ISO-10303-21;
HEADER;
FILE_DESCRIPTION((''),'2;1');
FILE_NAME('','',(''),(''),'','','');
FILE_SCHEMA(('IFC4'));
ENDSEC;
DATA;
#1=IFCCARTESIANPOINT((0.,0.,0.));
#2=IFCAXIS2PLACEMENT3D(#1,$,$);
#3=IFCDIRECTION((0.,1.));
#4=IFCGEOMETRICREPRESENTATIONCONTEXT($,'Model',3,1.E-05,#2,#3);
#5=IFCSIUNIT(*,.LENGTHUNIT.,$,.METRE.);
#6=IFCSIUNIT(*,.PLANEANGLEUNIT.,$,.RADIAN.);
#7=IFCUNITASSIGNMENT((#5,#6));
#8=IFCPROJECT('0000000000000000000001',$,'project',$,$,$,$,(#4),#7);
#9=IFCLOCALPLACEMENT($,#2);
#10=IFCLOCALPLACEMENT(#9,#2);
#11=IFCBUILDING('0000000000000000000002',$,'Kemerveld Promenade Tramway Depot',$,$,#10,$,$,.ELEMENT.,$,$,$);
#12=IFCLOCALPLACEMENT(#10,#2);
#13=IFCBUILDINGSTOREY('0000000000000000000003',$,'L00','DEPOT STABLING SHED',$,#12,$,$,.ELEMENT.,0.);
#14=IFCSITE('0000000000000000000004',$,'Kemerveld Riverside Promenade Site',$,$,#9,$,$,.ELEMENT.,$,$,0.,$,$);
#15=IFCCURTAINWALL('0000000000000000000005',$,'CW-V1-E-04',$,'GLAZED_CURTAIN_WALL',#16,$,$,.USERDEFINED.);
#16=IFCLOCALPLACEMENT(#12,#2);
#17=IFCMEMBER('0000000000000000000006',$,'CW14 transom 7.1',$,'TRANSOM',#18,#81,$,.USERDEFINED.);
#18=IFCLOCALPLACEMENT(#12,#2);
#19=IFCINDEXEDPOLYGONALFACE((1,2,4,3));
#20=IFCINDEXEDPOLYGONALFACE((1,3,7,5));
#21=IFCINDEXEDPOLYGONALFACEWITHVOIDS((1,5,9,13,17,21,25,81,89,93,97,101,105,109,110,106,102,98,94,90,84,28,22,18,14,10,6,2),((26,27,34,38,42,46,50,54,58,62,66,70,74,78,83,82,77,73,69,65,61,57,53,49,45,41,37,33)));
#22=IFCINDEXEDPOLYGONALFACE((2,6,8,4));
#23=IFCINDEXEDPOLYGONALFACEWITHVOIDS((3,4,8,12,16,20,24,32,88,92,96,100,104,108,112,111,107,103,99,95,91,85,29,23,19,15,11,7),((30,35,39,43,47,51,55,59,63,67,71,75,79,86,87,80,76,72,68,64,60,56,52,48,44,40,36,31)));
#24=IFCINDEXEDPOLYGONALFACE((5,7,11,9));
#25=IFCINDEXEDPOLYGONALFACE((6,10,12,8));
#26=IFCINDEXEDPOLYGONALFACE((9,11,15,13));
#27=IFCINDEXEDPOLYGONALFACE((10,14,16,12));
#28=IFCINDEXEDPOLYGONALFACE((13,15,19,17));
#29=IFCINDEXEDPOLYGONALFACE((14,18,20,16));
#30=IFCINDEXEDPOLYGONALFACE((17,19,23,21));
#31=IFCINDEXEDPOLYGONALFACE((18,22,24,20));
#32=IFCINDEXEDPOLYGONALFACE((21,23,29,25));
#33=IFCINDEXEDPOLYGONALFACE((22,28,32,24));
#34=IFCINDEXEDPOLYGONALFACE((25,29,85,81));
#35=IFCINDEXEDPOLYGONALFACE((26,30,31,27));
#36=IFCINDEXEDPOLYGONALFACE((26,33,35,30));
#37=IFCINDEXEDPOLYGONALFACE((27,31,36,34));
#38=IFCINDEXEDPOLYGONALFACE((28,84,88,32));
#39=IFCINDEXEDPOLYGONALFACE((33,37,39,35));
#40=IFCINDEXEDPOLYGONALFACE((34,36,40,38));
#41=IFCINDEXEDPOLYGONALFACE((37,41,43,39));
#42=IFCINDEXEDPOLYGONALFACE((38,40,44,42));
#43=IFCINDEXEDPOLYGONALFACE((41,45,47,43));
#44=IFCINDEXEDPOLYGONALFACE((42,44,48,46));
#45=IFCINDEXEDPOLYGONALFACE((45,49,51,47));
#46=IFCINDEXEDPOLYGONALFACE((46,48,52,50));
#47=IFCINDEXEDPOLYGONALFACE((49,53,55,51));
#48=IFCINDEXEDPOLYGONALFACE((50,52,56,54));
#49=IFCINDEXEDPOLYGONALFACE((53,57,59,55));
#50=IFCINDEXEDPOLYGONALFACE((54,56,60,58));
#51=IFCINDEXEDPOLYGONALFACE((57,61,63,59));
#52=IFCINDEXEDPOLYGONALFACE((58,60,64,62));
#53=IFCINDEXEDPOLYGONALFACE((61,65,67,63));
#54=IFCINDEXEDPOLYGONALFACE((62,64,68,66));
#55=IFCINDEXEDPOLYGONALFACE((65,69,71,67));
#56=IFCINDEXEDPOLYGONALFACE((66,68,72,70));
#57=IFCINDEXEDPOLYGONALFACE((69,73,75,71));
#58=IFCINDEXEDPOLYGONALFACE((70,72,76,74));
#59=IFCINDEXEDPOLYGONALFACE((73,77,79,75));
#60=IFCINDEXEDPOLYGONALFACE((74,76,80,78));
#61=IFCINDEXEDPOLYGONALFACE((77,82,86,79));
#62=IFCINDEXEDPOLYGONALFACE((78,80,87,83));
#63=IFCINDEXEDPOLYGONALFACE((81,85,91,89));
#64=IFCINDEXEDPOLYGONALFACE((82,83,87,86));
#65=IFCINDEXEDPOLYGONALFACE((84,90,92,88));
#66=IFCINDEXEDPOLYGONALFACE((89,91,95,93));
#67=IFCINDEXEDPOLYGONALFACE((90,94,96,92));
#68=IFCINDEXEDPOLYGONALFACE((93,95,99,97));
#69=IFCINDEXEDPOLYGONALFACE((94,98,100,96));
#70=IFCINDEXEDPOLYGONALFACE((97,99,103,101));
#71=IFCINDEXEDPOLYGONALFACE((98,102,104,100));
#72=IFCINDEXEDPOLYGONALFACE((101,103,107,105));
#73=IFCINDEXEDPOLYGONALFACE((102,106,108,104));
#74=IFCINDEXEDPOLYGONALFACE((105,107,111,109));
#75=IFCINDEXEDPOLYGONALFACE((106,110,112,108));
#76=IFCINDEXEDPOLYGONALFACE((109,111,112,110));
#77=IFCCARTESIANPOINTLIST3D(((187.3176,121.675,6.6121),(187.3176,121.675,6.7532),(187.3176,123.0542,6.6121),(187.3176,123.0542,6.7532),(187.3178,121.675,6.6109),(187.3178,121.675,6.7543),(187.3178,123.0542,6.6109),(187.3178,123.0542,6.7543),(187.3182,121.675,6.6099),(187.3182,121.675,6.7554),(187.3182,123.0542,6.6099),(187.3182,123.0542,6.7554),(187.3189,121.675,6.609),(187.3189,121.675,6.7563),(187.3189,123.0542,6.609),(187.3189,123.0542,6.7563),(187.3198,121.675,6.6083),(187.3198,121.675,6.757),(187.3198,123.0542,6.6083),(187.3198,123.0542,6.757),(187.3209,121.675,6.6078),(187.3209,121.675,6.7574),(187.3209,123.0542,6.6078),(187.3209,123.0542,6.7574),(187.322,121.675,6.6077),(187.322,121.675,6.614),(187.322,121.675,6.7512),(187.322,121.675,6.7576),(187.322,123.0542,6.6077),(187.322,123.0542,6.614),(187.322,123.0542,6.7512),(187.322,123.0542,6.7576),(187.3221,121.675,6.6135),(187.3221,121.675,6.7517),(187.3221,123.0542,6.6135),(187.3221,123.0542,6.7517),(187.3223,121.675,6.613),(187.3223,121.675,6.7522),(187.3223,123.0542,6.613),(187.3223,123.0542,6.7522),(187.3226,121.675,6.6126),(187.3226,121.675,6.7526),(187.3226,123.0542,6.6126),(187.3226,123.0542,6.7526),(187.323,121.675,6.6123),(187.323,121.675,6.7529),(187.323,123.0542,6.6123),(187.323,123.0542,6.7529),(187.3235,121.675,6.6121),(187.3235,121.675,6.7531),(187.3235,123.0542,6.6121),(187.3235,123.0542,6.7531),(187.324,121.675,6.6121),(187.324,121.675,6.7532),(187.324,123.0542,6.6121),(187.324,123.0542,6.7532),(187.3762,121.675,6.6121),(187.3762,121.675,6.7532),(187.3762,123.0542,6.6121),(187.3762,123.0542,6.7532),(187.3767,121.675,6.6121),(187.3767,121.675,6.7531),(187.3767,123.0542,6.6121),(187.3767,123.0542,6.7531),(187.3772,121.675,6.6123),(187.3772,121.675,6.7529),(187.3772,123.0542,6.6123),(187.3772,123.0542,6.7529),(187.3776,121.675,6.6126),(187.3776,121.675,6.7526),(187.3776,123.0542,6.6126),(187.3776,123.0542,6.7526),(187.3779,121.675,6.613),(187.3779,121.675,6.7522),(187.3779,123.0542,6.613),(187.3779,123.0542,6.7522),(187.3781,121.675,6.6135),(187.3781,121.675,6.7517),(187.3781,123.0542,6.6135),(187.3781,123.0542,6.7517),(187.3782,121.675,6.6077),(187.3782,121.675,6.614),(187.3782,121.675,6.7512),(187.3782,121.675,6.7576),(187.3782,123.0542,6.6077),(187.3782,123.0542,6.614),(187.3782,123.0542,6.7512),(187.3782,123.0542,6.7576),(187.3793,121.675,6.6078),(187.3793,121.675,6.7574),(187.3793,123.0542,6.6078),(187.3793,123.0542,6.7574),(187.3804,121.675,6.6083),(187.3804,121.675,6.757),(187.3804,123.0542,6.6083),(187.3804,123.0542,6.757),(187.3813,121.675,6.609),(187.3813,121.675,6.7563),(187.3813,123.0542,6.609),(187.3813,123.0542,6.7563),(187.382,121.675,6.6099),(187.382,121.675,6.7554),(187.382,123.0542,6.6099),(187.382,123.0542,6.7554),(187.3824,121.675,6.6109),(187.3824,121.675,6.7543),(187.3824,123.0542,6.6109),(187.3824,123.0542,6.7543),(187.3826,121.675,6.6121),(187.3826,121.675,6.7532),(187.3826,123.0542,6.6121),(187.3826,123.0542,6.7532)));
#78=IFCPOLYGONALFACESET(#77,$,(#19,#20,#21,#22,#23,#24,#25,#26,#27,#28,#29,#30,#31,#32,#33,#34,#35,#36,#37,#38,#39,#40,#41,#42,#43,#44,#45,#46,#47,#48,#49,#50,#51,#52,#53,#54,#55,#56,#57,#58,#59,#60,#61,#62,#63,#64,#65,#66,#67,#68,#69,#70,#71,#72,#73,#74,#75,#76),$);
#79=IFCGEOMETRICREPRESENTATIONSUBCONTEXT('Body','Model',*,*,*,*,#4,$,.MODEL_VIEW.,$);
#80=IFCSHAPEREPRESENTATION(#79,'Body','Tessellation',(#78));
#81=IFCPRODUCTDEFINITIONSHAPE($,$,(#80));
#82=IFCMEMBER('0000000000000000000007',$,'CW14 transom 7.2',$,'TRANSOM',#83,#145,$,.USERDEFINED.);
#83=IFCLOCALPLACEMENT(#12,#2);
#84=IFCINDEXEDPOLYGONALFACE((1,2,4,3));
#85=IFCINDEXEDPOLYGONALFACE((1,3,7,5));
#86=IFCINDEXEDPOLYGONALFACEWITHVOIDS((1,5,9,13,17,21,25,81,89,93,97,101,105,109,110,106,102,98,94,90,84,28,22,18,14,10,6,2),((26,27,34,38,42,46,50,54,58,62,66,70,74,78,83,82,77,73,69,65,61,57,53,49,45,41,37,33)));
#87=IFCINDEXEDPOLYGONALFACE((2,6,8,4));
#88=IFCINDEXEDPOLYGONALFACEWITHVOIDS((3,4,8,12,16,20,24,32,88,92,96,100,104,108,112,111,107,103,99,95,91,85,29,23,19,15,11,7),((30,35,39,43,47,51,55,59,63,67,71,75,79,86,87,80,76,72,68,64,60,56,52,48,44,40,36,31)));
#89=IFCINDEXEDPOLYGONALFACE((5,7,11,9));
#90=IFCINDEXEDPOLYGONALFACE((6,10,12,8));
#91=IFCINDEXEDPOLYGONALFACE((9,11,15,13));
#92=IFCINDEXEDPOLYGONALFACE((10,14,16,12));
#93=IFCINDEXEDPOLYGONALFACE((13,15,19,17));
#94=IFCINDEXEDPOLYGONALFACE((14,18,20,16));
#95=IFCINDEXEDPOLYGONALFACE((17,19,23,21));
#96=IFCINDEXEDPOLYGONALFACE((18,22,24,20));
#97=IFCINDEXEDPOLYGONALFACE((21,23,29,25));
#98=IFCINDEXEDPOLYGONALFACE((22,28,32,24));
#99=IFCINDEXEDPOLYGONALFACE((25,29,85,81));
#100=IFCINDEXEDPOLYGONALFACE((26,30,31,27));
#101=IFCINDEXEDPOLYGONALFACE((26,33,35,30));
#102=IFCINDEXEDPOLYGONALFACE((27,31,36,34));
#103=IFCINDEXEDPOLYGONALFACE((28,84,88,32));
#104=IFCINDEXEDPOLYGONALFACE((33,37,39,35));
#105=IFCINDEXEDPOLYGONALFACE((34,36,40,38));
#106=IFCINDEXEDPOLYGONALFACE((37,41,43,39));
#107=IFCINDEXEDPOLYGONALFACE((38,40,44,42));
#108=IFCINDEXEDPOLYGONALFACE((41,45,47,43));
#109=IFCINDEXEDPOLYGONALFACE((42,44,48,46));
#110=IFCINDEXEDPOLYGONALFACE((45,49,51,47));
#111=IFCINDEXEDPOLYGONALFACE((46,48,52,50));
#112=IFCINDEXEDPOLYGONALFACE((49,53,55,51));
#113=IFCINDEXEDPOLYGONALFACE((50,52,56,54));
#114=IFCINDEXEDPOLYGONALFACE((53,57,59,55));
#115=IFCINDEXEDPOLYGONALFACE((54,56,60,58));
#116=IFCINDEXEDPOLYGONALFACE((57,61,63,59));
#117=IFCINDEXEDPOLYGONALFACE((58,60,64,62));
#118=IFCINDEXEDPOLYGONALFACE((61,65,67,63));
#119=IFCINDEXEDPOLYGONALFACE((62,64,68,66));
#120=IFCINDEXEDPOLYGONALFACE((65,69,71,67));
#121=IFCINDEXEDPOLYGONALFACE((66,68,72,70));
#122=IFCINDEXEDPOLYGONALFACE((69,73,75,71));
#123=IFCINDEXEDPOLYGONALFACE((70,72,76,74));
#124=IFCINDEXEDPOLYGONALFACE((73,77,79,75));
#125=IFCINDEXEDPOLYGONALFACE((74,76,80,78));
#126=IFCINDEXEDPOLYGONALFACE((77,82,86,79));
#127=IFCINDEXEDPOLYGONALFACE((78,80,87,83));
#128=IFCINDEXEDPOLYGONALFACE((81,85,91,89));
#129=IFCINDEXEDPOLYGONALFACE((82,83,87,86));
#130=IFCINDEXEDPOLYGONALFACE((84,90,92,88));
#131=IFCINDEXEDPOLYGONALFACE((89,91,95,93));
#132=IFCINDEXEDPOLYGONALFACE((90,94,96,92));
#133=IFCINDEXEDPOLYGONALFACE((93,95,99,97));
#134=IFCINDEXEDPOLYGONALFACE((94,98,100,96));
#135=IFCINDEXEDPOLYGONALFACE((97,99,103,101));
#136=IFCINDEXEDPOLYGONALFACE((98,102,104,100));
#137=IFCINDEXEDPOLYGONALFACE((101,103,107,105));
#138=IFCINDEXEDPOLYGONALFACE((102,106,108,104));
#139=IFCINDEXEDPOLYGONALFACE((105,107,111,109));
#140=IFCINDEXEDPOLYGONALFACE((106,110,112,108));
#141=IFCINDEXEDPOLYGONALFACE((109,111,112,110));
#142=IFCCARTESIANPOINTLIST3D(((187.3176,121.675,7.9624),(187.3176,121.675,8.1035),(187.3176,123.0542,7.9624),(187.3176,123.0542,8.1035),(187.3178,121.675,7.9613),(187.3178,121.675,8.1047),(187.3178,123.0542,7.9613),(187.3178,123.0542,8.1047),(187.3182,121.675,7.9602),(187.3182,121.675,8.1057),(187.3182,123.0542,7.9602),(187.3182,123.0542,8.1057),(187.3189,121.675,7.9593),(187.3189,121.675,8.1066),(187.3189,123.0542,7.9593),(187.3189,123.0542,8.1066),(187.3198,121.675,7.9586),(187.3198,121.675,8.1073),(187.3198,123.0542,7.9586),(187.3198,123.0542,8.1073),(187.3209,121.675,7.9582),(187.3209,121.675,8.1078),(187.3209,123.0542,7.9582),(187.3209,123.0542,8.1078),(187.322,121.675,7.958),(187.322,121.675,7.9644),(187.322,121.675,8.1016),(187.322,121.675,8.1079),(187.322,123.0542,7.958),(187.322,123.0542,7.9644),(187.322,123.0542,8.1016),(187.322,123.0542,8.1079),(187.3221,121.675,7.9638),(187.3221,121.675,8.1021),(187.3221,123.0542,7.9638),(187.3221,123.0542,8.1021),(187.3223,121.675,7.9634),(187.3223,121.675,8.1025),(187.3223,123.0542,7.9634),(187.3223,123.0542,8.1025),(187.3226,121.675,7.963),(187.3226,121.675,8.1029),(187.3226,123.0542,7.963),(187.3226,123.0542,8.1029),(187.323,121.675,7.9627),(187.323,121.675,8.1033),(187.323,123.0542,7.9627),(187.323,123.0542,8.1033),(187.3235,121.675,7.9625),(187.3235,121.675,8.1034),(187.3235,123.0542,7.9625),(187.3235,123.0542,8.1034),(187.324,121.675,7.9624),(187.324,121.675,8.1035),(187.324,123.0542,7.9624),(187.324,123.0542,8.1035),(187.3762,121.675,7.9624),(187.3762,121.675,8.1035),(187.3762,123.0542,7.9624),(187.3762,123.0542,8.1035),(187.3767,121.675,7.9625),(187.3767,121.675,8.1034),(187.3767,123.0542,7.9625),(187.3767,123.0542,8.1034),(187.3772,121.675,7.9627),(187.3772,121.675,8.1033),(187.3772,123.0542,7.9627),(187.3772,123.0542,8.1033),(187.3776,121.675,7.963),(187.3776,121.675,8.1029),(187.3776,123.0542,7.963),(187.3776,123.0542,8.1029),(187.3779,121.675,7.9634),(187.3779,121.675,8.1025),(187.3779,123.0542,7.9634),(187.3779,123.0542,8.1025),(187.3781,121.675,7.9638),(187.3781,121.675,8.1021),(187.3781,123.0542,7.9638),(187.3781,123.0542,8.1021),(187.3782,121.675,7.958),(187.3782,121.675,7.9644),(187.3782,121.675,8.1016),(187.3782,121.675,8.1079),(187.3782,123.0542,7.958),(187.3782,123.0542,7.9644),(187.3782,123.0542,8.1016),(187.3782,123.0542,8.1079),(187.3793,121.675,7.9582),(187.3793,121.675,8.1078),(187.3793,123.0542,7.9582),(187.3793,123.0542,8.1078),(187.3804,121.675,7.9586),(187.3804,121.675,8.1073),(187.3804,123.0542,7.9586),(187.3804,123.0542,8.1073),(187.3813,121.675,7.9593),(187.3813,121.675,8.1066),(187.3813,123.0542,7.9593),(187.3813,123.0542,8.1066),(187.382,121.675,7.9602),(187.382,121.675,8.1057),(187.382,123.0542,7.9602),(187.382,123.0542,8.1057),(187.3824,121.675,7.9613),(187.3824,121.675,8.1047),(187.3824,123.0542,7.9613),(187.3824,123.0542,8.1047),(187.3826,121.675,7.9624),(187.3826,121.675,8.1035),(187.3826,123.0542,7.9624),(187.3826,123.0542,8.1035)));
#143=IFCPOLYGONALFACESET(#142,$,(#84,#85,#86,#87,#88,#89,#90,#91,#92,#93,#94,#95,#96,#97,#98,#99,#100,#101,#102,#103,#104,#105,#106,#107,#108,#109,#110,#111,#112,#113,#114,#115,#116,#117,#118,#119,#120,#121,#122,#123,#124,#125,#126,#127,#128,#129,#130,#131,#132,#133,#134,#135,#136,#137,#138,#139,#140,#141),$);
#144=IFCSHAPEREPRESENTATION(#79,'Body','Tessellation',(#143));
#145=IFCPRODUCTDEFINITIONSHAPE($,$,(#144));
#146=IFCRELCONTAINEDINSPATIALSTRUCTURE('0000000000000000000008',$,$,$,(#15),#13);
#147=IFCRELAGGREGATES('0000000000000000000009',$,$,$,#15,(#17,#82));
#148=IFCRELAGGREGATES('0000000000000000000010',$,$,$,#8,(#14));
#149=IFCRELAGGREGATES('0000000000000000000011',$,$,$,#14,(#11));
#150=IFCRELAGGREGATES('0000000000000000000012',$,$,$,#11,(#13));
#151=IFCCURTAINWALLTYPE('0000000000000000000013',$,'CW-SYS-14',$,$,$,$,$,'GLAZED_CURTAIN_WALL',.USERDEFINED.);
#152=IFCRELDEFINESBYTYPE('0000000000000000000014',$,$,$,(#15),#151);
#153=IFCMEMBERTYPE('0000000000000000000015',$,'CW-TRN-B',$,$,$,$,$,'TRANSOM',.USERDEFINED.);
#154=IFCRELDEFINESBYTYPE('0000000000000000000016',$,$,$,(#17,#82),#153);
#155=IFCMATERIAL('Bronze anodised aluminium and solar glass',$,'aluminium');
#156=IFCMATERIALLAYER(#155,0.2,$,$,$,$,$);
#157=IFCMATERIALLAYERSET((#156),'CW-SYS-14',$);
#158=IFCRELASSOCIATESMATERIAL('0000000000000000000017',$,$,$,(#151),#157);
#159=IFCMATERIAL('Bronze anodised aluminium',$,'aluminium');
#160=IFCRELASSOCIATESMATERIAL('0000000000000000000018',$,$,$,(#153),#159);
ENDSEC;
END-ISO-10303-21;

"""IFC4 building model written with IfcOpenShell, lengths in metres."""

from ifc_helpers import new_model, si_unit, direction, frame, origin, origin_2d, place, context, subcontext, project, spatial, hollow_rectangle, extrude, material, layer, layer_set, material_profile, profile_set, type_object, element, aggregate, save


model = new_model("IFC4")

# Units and contexts
model_context = context("Model", 3, precision=1e-05, world=origin(), true_north=direction((0.0, 1.0)))
body_context = subcontext(model_context, "Body", "Model", "MODEL_VIEW")
ifc_project = project(units=[si_unit("LENGTHUNIT", "METRE"), si_unit("PLANEANGLEUNIT", "RADIAN")], contexts=[model_context])

# Site, building, storey
site_placement = place(None, origin())
site = spatial("IfcSite", under=ifc_project, at=site_placement, Name="Kemerveld Riverside Promenade Site", CompositionType="ELEMENT", RefElevation=0.0)
building_placement = place(site_placement, origin())
building = spatial("IfcBuilding", under=site, at=building_placement, Name="Kemerveld Promenade Tramway Depot", CompositionType="ELEMENT")
storey_placement = place(building_placement, origin())
storey = spatial("IfcBuildingStorey", under=building, at=storey_placement, Name="L00", Description="DEPOT STABLING SHED", CompositionType="ELEMENT", Elevation=0.0)

# Shared definitions
ifc_material_1 = material(Name="Bronze anodised aluminium and solar glass", Category="aluminium")
ifc_material_2 = material(Name="Bronze anodised aluminium", Category="aluminium")

# Curtain wall
ifc_layer_1 = layer(ifc_material_1, 0.2)
ifc_layer_set_1 = layer_set([ifc_layer_1], Name="CW-SYS-14")
curtain_wall_type_1 = type_object("IfcCurtainWallType", Name="CW-SYS-14", ElementType="GLAZED_CURTAIN_WALL", PredefinedType="USERDEFINED", material=ifc_layer_set_1)
curtain_wall_1_placement = place(storey_placement, origin())
curtain_wall_1 = element("IfcCurtainWall", 1, at=curtain_wall_1_placement, inside=storey, type_object=curtain_wall_type_1, Name="CW-V1-E-04", ObjectType="GLAZED_CURTAIN_WALL", PredefinedType="USERDEFINED")

# Members
ifc_material_profile_1 = material_profile(ifc_material_2, hollow_rectangle(XDim=0.0649, YDim=0.1499, WallThickness=0.0044, InnerFilletRadius=0.002, OuterFilletRadius=0.0044, at=origin_2d()), Name="CW-TRN-150x65")
ifc_profile_set_1 = profile_set([ifc_material_profile_1], Name="Bronze anodised aluminium")
member_type_1 = type_object("IfcMemberType", Name="CW-TRN-B", ElementType="TRANSOM", PredefinedType="USERDEFINED", material=ifc_profile_set_1)
member_1_placement = place(storey_placement, frame((187.3501, 123.0542, 6.6826), z_axis=(0.0, -1.0, 0.0), x_axis=(1.0, 0.0, 0.0)))
member_1 = element("IfcMember", 2, at=member_1_placement, type_object=member_type_1, Name="CW14 transom 7.1", ObjectType="TRANSOM", PredefinedType="USERDEFINED", context=body_context, shape_type="SweptSolid", body=[
    extrude(hollow_rectangle(XDim=0.0649, YDim=0.1499, WallThickness=0.0044, InnerFilletRadius=0.002, OuterFilletRadius=0.0044, at=origin_2d()), origin(), (0.0, 0.0, 1.0), 1.3792),
])
member_2_placement = place(storey_placement, frame((187.3501, 123.0542, 8.033), z_axis=(0.0, -1.0, 0.0), x_axis=(1.0, 0.0, 0.0)))
member_2 = element("IfcMember", 3, at=member_2_placement, type_object=member_type_1, Name="CW14 transom 7.2", ObjectType="TRANSOM", PredefinedType="USERDEFINED", context=body_context, shape_type="SweptSolid", body=[
    extrude(hollow_rectangle(XDim=0.0649, YDim=0.1499, WallThickness=0.0044, InnerFilletRadius=0.002, OuterFilletRadius=0.0044, at=origin_2d()), origin(), (0.0, 0.0, 1.0), 1.3792),
])

aggregate(curtain_wall_1, [member_1, member_2])

save(model, "model.ifc")
